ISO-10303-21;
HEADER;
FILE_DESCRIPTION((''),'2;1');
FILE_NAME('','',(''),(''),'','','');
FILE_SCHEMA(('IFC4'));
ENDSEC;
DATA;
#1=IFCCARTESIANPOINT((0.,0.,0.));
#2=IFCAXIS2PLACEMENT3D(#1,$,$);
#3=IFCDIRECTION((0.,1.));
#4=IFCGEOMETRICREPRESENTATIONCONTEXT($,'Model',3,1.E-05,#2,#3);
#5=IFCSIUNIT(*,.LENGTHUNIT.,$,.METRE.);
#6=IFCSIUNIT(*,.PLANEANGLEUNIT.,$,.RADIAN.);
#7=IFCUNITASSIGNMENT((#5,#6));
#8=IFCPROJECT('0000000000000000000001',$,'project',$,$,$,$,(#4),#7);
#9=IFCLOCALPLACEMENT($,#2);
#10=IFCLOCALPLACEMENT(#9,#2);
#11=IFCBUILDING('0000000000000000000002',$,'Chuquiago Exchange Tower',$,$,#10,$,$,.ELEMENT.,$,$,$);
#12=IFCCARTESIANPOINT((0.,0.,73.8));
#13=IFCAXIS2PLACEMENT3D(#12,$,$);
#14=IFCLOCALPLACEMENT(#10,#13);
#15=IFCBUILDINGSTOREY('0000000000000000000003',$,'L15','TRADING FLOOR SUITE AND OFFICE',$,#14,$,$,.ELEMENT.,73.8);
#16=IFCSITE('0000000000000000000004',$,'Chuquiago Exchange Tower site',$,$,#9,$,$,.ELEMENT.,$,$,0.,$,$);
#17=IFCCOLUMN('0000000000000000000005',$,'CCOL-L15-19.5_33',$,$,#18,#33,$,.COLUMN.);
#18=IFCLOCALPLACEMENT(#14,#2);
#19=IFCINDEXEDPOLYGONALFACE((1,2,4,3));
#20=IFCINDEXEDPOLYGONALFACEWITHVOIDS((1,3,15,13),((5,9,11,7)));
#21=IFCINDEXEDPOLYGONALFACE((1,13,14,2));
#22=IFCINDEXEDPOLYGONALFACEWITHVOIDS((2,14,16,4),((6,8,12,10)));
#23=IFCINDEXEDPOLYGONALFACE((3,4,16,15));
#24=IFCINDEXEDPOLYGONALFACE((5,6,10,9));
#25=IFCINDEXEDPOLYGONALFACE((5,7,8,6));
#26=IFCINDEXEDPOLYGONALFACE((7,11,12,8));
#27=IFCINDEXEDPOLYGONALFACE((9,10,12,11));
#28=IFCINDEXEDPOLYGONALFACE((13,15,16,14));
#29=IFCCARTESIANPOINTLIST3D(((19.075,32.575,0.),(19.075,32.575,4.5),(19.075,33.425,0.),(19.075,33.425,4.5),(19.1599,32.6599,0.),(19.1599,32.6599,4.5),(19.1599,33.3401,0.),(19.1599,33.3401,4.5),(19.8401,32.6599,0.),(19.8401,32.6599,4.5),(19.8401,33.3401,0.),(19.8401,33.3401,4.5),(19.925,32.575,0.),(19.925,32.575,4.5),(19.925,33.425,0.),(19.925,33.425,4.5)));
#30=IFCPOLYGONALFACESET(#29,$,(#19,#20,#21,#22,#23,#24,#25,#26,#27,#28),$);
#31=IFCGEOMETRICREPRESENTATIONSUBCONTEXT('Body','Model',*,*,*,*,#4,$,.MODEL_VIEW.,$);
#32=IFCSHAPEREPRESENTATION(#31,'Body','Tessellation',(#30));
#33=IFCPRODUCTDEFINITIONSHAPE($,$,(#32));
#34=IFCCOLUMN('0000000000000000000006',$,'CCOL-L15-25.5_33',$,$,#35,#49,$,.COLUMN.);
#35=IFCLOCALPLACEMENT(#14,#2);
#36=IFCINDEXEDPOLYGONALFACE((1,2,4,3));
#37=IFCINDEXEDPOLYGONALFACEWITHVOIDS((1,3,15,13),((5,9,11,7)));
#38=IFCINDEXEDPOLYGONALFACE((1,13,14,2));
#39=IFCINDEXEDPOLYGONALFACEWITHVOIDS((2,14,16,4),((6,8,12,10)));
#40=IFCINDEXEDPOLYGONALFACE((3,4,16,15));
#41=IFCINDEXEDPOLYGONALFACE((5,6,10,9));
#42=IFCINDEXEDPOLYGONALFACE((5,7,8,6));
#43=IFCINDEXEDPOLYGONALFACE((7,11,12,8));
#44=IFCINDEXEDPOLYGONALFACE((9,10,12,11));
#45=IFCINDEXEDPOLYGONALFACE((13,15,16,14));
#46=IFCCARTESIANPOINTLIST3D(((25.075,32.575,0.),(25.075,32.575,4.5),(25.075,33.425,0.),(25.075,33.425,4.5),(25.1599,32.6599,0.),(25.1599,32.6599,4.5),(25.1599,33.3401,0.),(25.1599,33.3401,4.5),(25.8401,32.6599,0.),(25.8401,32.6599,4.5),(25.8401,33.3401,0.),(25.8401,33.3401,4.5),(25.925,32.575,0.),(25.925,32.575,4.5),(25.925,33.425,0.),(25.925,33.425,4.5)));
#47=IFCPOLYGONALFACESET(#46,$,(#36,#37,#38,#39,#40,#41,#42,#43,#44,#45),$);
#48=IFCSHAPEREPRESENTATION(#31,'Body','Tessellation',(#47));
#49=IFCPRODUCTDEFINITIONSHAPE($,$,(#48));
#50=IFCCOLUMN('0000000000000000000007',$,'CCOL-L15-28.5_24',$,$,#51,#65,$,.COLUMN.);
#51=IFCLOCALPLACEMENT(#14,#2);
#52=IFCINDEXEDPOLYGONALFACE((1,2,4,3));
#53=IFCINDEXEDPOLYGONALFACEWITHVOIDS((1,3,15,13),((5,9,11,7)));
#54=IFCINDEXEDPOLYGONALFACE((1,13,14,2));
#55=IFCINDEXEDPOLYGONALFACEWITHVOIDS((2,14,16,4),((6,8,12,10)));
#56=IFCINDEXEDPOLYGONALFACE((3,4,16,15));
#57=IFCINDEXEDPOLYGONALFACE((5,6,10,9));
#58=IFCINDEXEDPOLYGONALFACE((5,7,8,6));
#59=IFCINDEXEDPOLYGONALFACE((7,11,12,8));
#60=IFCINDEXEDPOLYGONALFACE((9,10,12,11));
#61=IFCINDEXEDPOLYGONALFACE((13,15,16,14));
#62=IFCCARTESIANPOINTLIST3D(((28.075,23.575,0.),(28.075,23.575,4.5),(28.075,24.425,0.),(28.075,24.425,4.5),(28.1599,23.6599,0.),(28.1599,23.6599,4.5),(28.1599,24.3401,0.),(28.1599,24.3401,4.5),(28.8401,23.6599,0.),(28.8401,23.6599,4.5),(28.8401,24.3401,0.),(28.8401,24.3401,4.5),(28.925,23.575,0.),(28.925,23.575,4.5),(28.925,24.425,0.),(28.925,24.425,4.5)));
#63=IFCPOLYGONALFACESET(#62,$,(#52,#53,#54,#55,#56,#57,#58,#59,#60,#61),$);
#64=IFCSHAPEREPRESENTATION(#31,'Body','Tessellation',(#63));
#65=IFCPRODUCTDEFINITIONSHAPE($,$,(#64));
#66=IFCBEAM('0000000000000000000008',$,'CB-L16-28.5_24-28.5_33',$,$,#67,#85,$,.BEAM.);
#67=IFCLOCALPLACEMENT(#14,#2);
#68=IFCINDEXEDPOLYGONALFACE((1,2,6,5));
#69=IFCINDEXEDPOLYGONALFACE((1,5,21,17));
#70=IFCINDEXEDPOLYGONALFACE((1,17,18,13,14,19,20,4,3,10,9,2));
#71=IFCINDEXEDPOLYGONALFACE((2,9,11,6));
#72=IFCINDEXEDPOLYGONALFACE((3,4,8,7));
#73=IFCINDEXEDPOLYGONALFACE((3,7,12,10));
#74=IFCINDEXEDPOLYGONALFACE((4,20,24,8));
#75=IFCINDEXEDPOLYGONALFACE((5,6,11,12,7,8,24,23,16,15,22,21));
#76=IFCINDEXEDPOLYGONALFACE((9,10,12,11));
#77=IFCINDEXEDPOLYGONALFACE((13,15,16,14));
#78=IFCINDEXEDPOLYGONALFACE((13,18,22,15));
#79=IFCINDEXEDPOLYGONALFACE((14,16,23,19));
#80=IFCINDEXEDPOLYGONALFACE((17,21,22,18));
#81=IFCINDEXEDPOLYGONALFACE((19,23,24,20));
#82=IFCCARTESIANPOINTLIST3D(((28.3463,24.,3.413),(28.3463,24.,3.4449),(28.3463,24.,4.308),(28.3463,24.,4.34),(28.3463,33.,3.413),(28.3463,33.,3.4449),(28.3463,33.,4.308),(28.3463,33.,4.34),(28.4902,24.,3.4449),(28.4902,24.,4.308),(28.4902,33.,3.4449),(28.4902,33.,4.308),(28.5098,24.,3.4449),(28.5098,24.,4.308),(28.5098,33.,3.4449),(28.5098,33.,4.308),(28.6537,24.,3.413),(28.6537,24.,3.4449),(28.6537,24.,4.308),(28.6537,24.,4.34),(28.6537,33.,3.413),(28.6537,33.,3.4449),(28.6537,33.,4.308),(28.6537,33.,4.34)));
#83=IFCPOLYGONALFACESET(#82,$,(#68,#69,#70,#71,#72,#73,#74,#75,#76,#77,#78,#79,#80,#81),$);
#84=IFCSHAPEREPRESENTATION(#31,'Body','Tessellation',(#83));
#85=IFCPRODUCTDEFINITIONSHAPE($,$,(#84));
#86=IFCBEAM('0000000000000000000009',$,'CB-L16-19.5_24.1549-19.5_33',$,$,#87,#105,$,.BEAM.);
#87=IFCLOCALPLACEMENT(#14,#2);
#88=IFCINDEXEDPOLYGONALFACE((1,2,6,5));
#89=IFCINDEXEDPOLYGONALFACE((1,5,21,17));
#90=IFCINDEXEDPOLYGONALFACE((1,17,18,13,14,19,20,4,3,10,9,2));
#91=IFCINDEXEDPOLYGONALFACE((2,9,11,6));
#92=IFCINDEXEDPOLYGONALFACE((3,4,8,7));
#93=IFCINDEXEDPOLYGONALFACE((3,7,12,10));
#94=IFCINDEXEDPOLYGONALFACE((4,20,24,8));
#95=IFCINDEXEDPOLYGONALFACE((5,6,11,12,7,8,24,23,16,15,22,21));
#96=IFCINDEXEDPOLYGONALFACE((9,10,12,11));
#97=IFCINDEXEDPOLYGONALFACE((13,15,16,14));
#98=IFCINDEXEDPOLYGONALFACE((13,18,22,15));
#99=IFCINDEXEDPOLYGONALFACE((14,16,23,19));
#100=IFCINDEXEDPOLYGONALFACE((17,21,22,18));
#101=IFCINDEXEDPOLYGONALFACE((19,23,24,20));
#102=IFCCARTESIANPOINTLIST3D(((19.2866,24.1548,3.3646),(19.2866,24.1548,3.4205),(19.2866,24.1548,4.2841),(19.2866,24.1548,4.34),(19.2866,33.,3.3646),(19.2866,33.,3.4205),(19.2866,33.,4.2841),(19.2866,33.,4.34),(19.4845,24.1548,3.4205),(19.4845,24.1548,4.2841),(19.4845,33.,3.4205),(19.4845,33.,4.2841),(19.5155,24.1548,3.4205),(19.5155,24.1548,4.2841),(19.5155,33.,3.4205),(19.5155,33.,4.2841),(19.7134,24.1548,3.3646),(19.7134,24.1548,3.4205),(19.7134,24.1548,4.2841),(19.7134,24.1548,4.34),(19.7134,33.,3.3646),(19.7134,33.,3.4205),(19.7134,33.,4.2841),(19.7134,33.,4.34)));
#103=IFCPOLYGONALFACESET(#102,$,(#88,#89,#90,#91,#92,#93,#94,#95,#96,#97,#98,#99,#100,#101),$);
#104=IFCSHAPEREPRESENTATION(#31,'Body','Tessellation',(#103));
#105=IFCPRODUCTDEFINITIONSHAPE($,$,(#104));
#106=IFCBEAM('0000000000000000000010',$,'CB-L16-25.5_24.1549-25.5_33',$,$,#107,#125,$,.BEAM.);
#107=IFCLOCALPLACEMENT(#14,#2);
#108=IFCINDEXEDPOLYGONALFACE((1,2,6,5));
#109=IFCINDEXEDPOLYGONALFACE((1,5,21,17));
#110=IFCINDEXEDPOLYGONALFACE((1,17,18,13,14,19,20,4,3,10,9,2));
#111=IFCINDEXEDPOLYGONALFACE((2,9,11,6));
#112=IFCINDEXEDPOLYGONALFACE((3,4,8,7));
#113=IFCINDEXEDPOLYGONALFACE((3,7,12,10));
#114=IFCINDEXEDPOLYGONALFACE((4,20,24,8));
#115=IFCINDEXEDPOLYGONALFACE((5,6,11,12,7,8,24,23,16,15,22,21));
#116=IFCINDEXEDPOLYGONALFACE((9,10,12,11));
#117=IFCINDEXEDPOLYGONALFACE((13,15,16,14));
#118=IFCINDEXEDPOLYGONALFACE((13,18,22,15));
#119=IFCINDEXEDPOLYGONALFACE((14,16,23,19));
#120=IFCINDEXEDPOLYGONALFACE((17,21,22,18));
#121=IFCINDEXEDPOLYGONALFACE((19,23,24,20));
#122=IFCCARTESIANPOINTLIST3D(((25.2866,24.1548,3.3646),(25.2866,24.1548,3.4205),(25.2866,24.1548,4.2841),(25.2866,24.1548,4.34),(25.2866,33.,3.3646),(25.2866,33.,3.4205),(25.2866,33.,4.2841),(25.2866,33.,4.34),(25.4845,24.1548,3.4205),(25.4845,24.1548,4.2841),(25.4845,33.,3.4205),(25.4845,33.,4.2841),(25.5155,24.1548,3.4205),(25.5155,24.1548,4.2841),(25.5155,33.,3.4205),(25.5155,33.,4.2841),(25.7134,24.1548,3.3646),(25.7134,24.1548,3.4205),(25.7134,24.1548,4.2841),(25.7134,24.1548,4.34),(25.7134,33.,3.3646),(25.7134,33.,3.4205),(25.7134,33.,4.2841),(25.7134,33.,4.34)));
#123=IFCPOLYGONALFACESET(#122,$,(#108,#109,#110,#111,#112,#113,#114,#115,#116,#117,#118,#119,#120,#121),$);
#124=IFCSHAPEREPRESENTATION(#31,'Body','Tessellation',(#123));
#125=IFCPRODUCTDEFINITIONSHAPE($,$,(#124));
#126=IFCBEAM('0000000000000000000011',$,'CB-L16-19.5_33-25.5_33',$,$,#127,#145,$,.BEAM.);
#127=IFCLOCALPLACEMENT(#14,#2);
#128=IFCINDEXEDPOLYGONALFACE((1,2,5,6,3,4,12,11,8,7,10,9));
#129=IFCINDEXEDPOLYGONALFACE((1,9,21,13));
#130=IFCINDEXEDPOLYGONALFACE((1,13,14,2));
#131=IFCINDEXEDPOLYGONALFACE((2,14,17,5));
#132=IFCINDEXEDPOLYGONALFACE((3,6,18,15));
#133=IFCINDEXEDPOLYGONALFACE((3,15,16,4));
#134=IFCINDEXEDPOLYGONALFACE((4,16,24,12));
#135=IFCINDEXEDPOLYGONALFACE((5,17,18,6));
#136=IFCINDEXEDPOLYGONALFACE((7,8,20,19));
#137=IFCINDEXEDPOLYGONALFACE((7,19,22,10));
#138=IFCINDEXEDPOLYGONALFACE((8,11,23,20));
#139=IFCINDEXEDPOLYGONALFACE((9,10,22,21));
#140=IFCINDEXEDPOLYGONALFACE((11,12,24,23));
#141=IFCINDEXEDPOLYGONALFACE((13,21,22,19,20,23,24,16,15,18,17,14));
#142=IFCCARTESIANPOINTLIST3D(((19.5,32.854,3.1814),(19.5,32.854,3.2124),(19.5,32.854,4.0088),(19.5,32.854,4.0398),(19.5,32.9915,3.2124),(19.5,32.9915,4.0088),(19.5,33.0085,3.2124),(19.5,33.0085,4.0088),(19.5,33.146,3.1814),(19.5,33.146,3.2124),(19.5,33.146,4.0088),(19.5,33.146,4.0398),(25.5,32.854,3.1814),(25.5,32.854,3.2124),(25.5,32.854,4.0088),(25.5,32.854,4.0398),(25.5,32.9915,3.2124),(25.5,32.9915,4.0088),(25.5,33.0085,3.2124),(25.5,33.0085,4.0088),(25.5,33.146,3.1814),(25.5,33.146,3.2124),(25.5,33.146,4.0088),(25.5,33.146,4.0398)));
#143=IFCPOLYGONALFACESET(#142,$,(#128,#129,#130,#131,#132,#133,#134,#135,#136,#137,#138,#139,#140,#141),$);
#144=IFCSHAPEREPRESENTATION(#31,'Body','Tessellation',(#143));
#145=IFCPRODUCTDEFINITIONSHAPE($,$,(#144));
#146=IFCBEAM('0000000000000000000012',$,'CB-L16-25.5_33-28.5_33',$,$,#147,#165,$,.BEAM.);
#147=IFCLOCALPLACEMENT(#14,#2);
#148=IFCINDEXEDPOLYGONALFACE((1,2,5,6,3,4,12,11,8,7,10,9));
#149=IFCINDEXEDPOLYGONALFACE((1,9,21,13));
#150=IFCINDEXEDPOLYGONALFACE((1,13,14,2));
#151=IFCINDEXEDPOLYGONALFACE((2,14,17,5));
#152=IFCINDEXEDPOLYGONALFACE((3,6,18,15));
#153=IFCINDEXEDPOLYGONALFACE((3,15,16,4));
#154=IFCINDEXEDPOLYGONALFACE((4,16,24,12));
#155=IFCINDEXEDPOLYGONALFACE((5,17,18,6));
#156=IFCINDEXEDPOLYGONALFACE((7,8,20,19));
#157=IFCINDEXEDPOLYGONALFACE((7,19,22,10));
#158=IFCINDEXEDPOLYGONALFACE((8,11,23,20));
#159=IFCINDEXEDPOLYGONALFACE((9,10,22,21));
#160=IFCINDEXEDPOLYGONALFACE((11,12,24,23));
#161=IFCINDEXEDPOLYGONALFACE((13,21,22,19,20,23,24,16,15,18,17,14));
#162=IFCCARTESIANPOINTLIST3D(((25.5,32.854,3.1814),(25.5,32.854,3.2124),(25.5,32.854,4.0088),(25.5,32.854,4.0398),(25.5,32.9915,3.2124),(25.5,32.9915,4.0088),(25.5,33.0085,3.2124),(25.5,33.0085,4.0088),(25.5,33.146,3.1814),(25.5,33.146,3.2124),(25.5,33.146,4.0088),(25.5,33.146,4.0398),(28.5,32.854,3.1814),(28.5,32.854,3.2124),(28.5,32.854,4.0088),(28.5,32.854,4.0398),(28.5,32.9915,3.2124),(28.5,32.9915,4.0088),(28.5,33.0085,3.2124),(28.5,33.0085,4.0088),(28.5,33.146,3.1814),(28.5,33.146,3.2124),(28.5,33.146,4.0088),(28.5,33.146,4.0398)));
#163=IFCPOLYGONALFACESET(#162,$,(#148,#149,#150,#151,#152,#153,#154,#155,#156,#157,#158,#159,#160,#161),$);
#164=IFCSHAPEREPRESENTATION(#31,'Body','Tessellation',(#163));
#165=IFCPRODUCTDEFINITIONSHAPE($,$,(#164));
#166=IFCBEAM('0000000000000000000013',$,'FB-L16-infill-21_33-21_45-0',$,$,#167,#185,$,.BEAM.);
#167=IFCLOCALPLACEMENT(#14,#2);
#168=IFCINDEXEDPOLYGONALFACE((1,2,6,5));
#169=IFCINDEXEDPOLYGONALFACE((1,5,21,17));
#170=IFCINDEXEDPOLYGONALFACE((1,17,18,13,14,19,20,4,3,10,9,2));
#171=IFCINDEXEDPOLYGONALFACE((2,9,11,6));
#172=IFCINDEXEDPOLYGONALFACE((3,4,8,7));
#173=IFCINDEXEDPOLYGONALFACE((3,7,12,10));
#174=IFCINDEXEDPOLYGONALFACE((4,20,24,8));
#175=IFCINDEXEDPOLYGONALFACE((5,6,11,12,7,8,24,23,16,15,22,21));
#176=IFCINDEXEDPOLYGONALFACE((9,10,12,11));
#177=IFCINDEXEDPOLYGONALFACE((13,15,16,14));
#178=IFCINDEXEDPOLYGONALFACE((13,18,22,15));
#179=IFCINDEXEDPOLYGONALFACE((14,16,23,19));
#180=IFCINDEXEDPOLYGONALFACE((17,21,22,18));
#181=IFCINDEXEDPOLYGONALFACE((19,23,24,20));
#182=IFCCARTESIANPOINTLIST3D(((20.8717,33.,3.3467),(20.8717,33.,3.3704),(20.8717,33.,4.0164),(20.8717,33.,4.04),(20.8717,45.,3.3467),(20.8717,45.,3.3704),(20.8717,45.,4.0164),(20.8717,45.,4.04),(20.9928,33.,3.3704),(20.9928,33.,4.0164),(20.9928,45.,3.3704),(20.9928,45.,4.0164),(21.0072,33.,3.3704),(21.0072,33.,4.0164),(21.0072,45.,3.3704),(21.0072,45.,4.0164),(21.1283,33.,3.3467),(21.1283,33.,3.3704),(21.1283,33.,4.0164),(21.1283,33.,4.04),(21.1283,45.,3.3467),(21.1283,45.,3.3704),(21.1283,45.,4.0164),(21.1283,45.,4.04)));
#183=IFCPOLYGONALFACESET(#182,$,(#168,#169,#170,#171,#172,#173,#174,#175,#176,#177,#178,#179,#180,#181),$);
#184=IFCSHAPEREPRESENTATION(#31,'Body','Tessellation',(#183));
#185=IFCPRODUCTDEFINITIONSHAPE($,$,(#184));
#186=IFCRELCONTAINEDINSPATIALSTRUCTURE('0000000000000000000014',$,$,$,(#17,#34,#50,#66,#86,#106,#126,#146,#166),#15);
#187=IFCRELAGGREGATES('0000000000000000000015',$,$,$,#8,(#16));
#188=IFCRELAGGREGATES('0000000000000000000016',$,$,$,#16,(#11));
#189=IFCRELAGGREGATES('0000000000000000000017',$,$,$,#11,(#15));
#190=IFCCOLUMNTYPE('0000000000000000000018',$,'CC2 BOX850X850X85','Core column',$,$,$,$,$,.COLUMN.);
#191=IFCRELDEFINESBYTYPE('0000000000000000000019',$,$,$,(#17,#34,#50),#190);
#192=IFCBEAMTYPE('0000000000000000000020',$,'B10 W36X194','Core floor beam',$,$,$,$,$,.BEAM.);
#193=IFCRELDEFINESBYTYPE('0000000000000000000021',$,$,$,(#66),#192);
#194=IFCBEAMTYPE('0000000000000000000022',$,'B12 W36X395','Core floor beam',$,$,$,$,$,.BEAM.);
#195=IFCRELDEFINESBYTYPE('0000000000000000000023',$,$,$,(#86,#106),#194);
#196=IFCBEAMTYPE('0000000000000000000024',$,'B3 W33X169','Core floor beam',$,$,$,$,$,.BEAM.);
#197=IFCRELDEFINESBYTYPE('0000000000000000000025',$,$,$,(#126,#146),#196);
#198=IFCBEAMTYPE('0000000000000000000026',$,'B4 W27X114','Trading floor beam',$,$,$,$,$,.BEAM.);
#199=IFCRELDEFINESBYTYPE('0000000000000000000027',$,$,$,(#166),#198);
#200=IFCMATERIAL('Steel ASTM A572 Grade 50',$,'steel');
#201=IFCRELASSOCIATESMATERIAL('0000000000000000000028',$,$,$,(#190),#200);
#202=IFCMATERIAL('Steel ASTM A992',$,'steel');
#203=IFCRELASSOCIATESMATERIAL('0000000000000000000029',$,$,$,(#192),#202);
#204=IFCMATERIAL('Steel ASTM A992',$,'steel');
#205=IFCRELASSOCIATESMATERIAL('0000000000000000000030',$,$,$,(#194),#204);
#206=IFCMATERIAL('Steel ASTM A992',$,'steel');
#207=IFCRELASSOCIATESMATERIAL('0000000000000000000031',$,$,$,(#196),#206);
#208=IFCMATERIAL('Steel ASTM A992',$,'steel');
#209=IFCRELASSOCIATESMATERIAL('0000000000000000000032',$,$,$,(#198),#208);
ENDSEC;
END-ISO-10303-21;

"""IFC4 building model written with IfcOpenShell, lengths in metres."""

from ifc_helpers import new_model, si_unit, direction, frame, origin, origin_2d, place, context, subcontext, project, spatial, hollow_rectangle, i_section, extrude, material, material_profile, profile_set, type_object, element, save


model = new_model("IFC4")

# Units and contexts
model_context = context("Model", 3, precision=1e-05, world=origin(), true_north=direction((0.0, 1.0)))
body_context = subcontext(model_context, "Body", "Model", "MODEL_VIEW")
ifc_project = project(units=[si_unit("LENGTHUNIT", "METRE"), si_unit("PLANEANGLEUNIT", "RADIAN")], contexts=[model_context])

# Site, building, storey
site_placement = place(None, origin())
site = spatial("IfcSite", under=ifc_project, at=site_placement, Name="Chuquiago Exchange Tower site", CompositionType="ELEMENT", RefElevation=0.0)
building_placement = place(site_placement, origin())
building = spatial("IfcBuilding", under=site, at=building_placement, Name="Chuquiago Exchange Tower", CompositionType="ELEMENT")
storey_placement = place(building_placement, frame((0.0, 0.0, 73.8)))
storey = spatial("IfcBuildingStorey", under=building, at=storey_placement, Name="L15", Description="TRADING FLOOR SUITE AND OFFICE", CompositionType="ELEMENT", Elevation=73.8)

# Columns
ifc_material_1 = material(Name="Steel ASTM A572 Grade 50", Category="steel")
ifc_material_profile_1 = material_profile(ifc_material_1, hollow_rectangle(XDim=0.8501, YDim=0.8501, WallThickness=0.085, at=origin_2d()), Name="BOX850X850X85")
ifc_profile_set_1 = profile_set([ifc_material_profile_1], Name="Steel ASTM A572 Grade 50")
column_type = type_object("IfcColumnType", Name="CC2 BOX850X850X85", Description="Core column", PredefinedType="COLUMN", material=ifc_profile_set_1)
for number, where, z_axis, x_axis, name in (
    (1, (19.5, 33.0, 0.0), (0.0, 0.0, 1.0), (1.0, 0.0, 0.0), "CCOL-L15-19.5_33"),
    (2, (25.5, 33.0, 0.0), (0.0, 0.0, 1.0), (1.0, 0.0, 0.0), "CCOL-L15-25.5_33"),
    (3, (28.5, 24.0, 0.0), (0.0, 0.0, 1.0), (1.0, 0.0, 0.0), "CCOL-L15-28.5_24"),
):
    element("IfcColumn", number, at=place(storey_placement, frame(where, z_axis=z_axis, x_axis=x_axis)), inside=storey, type_object=column_type, Name=name, PredefinedType="COLUMN", context=body_context, shape_type="SweptSolid", body=[
        extrude(hollow_rectangle(XDim=0.8501, YDim=0.8501, WallThickness=0.085, at=origin_2d()), origin(), (0.0, 0.0, 1.0), 4.5),
    ])

# Beams
ifc_material_2 = material(Name="Steel ASTM A992", Category="steel")
ifc_material_profile_2 = material_profile(ifc_material_2, i_section(OverallWidth=0.3074, OverallDepth=0.927, WebThickness=0.0195, FlangeThickness=0.032, at=origin_2d()), Name="W36X194")
ifc_profile_set_2 = profile_set([ifc_material_profile_2], Name="Steel ASTM A992")
beam_type_1 = type_object("IfcBeamType", Name="B10 W36X194", Description="Core floor beam", PredefinedType="BEAM", material=ifc_profile_set_2)
beam_1_placement = place(storey_placement, frame((28.5, 24.0, 3.8765), z_axis=(0.0, 1.0, 0.0), x_axis=(-1.0, 0.0, 0.0)))
element("IfcBeam", 4, at=beam_1_placement, inside=storey, type_object=beam_type_1, Name="CB-L16-28.5_24-28.5_33", PredefinedType="BEAM", context=body_context, shape_type="SweptSolid", body=[
    extrude(i_section(OverallWidth=0.3074, OverallDepth=0.927, WebThickness=0.0195, FlangeThickness=0.032, at=origin_2d()), origin(), (0.0, 0.0, 1.0), 9.0),
])
ifc_material_3 = material(Name="Steel ASTM A992", Category="steel")
ifc_material_profile_3 = material_profile(ifc_material_3, i_section(OverallWidth=0.4268, OverallDepth=0.9753, WebThickness=0.031, FlangeThickness=0.0559, at=origin_2d()), Name="W36X395")
ifc_profile_set_3 = profile_set([ifc_material_profile_3], Name="Steel ASTM A992")
beam_type_2 = type_object("IfcBeamType", Name="B12 W36X395", Description="Core floor beam", PredefinedType="BEAM", material=ifc_profile_set_3)
for number, where, z_axis, x_axis, name in (
    (5, (19.5, 24.1548, 3.8523), (0.0, 1.0, 0.0), (-1.0, 0.0, 0.0), "CB-L16-19.5_24.1549-19.5_33"),
    (6, (25.5, 24.1548, 3.8523), (0.0, 1.0, 0.0), (-1.0, 0.0, 0.0), "CB-L16-25.5_24.1549-25.5_33"),
):
    element("IfcBeam", number, at=place(storey_placement, frame(where, z_axis=z_axis, x_axis=x_axis)), inside=storey, type_object=beam_type_2, Name=name, PredefinedType="BEAM", context=body_context, shape_type="SweptSolid", body=[
        extrude(i_section(OverallWidth=0.4268, OverallDepth=0.9753, WebThickness=0.031, FlangeThickness=0.0559, at=origin_2d()), origin(), (0.0, 0.0, 1.0), 8.8452),
    ])
ifc_material_4 = material(Name="Steel ASTM A992", Category="steel")
ifc_material_profile_4 = material_profile(ifc_material_4, i_section(OverallWidth=0.292, OverallDepth=0.8584, WebThickness=0.0171, FlangeThickness=0.031, at=origin_2d()), Name="W33X169")
ifc_profile_set_4 = profile_set([ifc_material_profile_4], Name="Steel ASTM A992")
beam_type_3 = type_object("IfcBeamType", Name="B3 W33X169", Description="Core floor beam", PredefinedType="BEAM", material=ifc_profile_set_4)
beam_2_placement = place(storey_placement, frame((19.5, 33.0, 3.6106), z_axis=(1.0, 0.0, 0.0), x_axis=(0.0, 1.0, 0.0)))
element("IfcBeam", 7, at=beam_2_placement, inside=storey, type_object=beam_type_3, Name="CB-L16-19.5_33-25.5_33", PredefinedType="BEAM", context=body_context, shape_type="SweptSolid", body=[
    extrude(i_section(OverallWidth=0.292, OverallDepth=0.8584, WebThickness=0.0171, FlangeThickness=0.031, at=origin_2d()), origin(), (0.0, 0.0, 1.0), 6.0),
])
beam_3_placement = place(storey_placement, frame((25.5, 33.0, 3.6106), z_axis=(1.0, 0.0, 0.0), x_axis=(0.0, 1.0, 0.0)))
element("IfcBeam", 8, at=beam_3_placement, inside=storey, type_object=beam_type_3, Name="CB-L16-25.5_33-28.5_33", PredefinedType="BEAM", context=body_context, shape_type="SweptSolid", body=[
    extrude(i_section(OverallWidth=0.292, OverallDepth=0.8584, WebThickness=0.0171, FlangeThickness=0.031, at=origin_2d()), origin(), (0.0, 0.0, 1.0), 3.0),
])
ifc_material_5 = material(Name="Steel ASTM A992", Category="steel")
ifc_material_profile_5 = material_profile(ifc_material_5, i_section(OverallWidth=0.2566, OverallDepth=0.6934, WebThickness=0.0144, FlangeThickness=0.0237, at=origin_2d()), Name="W27X114")
ifc_profile_set_5 = profile_set([ifc_material_profile_5], Name="Steel ASTM A992")
beam_type_4 = type_object("IfcBeamType", Name="B4 W27X114", Description="Trading floor beam", PredefinedType="BEAM", material=ifc_profile_set_5)
for number, where, z_axis, x_axis, name in (
    (9, (21.0, 33.0, 3.6934), (0.0, 1.0, 0.0), (-1.0, 0.0, 0.0), "FB-L16-infill-21_33-21_45-0"),
):
    element("IfcBeam", number, at=place(storey_placement, frame(where, z_axis=z_axis, x_axis=x_axis)), inside=storey, type_object=beam_type_4, Name=name, PredefinedType="BEAM", context=body_context, shape_type="SweptSolid", body=[
        extrude(i_section(OverallWidth=0.2566, OverallDepth=0.6934, WebThickness=0.0144, FlangeThickness=0.0237, at=origin_2d()), origin(), (0.0, 0.0, 1.0), 12.0),
    ])

save(model, "model.ifc")
